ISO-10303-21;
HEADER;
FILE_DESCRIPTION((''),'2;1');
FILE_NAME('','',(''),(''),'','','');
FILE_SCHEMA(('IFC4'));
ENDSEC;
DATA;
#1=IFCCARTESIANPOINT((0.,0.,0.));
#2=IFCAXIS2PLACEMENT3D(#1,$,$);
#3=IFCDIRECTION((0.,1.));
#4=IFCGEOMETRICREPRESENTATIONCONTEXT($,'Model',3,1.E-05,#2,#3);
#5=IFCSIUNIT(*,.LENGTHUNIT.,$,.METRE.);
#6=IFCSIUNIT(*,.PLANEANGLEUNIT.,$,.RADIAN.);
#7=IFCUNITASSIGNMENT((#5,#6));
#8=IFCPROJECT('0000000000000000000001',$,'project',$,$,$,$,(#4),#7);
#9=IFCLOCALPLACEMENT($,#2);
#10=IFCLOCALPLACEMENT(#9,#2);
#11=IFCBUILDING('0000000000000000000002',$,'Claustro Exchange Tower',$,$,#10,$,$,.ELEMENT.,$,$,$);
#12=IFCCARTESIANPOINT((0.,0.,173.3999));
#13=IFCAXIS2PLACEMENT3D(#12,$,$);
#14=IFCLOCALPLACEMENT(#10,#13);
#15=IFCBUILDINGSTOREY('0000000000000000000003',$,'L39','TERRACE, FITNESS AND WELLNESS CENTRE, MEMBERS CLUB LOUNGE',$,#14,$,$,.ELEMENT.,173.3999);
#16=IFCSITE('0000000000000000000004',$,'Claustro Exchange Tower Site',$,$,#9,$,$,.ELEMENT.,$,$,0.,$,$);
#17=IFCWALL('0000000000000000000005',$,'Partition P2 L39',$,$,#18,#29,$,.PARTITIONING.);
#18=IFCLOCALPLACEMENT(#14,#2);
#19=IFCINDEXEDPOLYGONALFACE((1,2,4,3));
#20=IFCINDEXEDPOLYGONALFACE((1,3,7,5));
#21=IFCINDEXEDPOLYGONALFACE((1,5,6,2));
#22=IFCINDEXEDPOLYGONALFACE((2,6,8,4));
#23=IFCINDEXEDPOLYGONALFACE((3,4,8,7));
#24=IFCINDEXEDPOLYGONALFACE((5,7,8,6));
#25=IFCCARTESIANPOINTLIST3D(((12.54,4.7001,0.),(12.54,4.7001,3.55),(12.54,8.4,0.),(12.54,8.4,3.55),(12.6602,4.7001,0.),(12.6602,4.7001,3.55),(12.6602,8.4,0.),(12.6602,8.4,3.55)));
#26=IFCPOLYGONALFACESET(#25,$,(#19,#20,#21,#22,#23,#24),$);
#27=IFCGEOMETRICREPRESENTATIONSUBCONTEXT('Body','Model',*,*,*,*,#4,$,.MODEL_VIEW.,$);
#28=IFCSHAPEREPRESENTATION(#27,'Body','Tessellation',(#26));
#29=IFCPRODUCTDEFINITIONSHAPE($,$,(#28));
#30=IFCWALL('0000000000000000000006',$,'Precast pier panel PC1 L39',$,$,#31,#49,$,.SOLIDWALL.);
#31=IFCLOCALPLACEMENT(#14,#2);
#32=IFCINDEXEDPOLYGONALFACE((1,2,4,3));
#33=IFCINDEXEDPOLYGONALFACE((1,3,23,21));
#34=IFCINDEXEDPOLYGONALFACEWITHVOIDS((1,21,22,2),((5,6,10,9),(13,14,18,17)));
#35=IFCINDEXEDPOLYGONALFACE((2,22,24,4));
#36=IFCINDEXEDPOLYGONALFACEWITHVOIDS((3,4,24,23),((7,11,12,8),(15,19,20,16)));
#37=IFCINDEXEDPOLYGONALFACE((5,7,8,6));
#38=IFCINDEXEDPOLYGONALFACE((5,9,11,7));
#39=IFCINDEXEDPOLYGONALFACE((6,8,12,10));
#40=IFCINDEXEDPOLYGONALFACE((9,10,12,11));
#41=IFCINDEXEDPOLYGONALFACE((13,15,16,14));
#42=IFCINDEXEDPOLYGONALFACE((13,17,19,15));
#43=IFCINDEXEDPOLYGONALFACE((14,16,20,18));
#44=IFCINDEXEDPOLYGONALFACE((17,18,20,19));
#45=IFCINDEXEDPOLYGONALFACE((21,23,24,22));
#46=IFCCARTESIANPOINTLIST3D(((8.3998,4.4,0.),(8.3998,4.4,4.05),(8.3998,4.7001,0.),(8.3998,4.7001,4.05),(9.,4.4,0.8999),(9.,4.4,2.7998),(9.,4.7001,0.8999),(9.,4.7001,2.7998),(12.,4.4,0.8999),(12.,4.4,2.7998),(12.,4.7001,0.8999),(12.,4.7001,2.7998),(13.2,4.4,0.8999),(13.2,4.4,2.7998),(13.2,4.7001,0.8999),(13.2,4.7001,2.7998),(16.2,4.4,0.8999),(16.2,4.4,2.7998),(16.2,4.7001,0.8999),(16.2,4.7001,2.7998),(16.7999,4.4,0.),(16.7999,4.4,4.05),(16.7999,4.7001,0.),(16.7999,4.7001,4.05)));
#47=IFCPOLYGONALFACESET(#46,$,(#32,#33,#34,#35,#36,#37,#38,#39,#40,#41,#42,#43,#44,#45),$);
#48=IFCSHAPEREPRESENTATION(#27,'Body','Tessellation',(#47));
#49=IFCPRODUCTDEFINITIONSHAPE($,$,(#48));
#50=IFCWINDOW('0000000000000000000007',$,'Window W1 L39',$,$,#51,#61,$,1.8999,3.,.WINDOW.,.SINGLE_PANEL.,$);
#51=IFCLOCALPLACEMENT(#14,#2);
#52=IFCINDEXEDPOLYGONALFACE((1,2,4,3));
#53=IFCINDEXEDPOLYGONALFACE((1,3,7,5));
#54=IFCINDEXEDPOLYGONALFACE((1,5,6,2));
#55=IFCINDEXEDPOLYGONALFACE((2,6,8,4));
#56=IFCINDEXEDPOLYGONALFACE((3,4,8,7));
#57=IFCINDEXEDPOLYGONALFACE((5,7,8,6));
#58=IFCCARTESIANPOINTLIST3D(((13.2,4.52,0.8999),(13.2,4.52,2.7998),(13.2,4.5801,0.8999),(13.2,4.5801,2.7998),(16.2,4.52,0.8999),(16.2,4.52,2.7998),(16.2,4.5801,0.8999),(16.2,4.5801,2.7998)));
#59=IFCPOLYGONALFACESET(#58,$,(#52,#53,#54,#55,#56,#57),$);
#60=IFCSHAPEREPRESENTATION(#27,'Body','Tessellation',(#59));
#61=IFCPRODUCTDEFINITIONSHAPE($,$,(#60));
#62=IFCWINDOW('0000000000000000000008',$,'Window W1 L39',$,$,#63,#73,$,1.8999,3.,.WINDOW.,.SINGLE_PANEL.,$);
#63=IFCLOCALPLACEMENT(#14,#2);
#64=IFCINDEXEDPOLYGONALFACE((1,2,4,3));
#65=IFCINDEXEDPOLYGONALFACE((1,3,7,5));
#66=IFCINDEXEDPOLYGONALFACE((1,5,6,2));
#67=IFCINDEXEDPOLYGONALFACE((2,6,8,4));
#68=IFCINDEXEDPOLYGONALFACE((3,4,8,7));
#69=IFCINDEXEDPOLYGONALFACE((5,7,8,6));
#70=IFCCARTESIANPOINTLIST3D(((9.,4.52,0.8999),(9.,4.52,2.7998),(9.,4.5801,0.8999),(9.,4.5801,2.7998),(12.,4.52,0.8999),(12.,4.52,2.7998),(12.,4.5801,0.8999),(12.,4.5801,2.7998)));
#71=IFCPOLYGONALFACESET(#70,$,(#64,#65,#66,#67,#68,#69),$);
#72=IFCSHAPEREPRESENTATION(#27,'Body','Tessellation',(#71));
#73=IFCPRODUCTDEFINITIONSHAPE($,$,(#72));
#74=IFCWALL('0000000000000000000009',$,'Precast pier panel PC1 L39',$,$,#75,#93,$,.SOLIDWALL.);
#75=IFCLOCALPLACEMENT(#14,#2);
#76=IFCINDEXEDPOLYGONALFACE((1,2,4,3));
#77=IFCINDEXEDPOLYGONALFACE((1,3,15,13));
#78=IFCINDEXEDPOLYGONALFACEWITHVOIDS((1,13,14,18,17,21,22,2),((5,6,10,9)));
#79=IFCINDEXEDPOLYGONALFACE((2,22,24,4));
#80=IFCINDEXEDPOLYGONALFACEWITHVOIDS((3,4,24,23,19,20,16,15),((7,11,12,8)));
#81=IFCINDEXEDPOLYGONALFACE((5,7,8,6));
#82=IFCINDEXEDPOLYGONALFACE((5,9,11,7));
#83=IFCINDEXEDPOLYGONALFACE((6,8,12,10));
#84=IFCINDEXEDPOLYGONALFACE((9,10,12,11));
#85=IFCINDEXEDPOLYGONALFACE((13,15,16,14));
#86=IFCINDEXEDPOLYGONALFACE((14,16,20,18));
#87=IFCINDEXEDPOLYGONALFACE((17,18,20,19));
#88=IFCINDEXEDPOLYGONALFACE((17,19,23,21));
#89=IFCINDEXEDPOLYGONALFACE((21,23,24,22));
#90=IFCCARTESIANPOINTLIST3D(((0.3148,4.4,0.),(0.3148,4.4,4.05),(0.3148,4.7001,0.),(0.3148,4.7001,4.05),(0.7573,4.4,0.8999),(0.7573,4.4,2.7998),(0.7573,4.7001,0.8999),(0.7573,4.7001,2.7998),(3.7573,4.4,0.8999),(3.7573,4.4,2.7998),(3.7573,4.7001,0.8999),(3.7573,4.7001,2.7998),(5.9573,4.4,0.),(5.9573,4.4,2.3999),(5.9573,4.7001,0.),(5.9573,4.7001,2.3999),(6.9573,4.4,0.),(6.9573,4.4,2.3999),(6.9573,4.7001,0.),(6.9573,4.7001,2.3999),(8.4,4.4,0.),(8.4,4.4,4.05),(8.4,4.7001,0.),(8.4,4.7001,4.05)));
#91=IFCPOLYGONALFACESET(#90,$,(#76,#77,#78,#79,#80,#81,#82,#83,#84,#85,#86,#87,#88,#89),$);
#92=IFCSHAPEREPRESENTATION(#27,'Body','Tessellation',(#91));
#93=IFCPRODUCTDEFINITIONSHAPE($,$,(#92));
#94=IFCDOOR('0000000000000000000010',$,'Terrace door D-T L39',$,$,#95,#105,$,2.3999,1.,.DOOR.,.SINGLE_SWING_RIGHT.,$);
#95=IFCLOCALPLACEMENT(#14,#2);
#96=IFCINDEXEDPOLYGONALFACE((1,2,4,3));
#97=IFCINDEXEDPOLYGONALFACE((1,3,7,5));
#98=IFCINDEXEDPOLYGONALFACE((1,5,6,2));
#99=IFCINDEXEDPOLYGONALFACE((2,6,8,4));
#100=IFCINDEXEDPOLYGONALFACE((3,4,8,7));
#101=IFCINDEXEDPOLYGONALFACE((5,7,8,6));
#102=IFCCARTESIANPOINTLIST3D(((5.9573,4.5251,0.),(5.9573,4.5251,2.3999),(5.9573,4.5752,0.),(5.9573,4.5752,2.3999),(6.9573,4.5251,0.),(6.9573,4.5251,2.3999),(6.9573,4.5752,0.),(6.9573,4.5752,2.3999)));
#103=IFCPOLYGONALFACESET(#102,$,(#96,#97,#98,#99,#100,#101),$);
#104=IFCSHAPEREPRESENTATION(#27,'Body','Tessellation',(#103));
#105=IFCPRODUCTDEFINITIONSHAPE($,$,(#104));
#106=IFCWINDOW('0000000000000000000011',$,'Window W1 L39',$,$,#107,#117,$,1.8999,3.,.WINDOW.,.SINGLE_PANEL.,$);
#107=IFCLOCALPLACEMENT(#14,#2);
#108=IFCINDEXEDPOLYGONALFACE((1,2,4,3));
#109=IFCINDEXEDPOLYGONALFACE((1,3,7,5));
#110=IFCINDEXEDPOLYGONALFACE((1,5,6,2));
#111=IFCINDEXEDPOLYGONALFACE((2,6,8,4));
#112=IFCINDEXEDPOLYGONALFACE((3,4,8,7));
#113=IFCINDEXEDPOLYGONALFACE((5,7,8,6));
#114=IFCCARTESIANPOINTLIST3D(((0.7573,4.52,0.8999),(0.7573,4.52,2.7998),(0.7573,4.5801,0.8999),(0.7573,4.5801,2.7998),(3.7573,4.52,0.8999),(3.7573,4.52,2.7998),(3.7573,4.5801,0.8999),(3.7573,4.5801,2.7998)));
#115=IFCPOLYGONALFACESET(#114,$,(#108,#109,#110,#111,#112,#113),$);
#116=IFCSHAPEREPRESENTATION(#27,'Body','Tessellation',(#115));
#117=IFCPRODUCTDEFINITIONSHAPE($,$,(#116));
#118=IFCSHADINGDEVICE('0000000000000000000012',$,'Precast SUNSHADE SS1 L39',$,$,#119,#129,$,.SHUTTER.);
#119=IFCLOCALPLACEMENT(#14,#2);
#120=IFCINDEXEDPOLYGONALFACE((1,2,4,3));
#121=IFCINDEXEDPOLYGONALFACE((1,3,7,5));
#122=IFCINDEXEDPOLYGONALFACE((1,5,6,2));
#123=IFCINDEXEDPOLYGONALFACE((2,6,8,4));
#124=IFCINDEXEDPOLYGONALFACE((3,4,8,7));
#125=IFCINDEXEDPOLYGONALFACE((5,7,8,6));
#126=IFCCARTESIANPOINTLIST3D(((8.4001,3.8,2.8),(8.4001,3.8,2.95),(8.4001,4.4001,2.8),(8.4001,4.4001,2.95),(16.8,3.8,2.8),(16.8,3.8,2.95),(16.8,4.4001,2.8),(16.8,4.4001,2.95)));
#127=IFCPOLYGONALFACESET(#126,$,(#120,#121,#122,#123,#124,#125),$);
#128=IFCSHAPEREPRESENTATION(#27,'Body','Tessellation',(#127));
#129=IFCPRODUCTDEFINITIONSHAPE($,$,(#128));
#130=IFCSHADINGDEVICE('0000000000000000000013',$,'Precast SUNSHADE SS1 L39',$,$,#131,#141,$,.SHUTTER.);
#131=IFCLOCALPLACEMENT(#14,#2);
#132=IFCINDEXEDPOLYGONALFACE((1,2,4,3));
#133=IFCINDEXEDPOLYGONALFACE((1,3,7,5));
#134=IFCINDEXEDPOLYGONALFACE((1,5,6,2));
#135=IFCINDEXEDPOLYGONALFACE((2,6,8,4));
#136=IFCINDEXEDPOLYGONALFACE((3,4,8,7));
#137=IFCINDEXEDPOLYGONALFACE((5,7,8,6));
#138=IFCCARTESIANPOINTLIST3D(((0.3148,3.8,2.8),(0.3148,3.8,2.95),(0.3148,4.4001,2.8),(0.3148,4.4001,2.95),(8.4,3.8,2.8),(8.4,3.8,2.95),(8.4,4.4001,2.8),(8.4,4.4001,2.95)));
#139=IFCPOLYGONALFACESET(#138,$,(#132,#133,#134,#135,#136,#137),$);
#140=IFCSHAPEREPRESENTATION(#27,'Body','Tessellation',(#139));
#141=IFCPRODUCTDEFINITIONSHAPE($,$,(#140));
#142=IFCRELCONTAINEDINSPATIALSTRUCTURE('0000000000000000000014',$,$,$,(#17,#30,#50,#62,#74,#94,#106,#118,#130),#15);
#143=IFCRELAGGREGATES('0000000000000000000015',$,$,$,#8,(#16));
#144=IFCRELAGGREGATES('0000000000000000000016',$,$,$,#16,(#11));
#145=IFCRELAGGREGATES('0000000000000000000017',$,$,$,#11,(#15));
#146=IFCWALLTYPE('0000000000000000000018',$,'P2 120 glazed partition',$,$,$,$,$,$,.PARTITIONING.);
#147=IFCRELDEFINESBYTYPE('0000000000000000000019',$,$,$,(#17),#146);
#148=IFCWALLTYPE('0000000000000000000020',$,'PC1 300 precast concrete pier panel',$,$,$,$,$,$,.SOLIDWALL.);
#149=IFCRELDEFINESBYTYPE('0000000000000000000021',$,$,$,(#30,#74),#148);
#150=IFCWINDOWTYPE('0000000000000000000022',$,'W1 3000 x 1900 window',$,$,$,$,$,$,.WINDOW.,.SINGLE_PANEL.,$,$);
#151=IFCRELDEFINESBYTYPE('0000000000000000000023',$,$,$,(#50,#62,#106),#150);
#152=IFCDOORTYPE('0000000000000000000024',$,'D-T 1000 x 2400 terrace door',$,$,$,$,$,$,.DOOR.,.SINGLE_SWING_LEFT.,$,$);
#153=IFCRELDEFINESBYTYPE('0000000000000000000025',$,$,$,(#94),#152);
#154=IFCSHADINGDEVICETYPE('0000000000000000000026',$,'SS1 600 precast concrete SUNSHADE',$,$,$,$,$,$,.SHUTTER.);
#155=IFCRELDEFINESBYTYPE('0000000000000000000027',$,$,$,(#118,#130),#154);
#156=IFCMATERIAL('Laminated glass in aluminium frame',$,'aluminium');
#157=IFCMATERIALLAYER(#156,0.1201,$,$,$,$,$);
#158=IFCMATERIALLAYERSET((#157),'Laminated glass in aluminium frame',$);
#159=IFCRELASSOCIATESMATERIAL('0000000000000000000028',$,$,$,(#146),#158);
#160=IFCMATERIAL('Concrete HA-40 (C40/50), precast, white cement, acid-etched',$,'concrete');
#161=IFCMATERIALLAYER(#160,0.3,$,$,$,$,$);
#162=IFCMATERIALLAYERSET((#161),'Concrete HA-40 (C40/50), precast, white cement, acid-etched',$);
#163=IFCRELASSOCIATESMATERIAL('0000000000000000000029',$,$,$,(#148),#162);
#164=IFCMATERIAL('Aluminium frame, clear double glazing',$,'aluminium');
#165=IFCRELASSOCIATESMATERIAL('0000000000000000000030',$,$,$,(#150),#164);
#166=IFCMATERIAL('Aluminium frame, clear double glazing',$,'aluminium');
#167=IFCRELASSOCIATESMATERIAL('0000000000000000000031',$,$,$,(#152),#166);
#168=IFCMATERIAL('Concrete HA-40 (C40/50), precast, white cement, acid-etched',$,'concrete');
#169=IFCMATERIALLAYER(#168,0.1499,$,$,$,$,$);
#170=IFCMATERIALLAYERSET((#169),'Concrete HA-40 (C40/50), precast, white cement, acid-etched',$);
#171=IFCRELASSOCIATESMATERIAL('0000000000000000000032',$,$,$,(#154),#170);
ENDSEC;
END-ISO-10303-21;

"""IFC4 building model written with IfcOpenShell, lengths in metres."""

from ifc_helpers import new_model, si_unit, direction, frame, frame_2d, origin, origin_2d, place, context, subcontext, project, spatial, rectangle, extrude, material, layer, layer_set, type_object, element, fill, save


model = new_model("IFC4")

# Units and contexts
model_context = context("Model", 3, precision=1e-05, world=origin(), true_north=direction((0.0, 1.0)))
body_context = subcontext(model_context, "Body", "Model", "MODEL_VIEW")
ifc_project = project(units=[si_unit("LENGTHUNIT", "METRE"), si_unit("PLANEANGLEUNIT", "RADIAN")], contexts=[model_context])

# Site, building, storey
site_placement = place(None, origin())
site = spatial("IfcSite", under=ifc_project, at=site_placement, Name="Claustro Exchange Tower Site", CompositionType="ELEMENT", RefElevation=0.0)
building_placement = place(site_placement, origin())
building = spatial("IfcBuilding", under=site, at=building_placement, Name="Claustro Exchange Tower", CompositionType="ELEMENT")
storey_placement = place(building_placement, frame((0.0, 0.0, 173.3999)))
storey = spatial("IfcBuildingStorey", under=building, at=storey_placement, Name="L39", Description="TERRACE, FITNESS AND WELLNESS CENTRE, MEMBERS CLUB LOUNGE", CompositionType="ELEMENT", Elevation=173.3999)

# Shared definitions
ifc_material_1 = material(Name="Laminated glass in aluminium frame", Category="aluminium")
ifc_layer_1 = layer(ifc_material_1, 0.1201)
ifc_layer_set_1 = layer_set([ifc_layer_1], Name="Laminated glass in aluminium frame")
wall_type_1 = type_object("IfcWallType", Name="P2 120 glazed partition", PredefinedType="PARTITIONING", material=ifc_layer_set_1)

# Wall
wall_1_placement = place(storey_placement, frame((12.6001, 4.7, 0.0), z_axis=(0.0, 0.0, 1.0), x_axis=(0.0, 1.0, 0.0)))
element("IfcWall", 1, at=wall_1_placement, inside=storey, type_object=wall_type_1, Name="Partition P2 L39", PredefinedType="PARTITIONING", context=body_context, shape_type="SweptSolid", body=[
    extrude(rectangle(XDim=3.7, YDim=0.1201, at=frame_2d((1.8501, 0.0))), origin(), (0.0, 0.0, 1.0), 3.55),
])

# Wall, openings, windows
ifc_material_2 = material(Name="Concrete HA-40 (C40/50), precast, white cement, acid-etched", Category="concrete")
ifc_layer_2 = layer(ifc_material_2, 0.3)
ifc_layer_set_2 = layer_set([ifc_layer_2], Name="Concrete HA-40 (C40/50), precast, white cement, acid-etched")
wall_type_2 = type_object("IfcWallType", Name="PC1 300 precast concrete pier panel", PredefinedType="SOLIDWALL", material=ifc_layer_set_2)
wall_2_placement = place(storey_placement, frame((16.8, 4.55, 0.0), z_axis=(0.0, 0.0, 1.0), x_axis=(-1.0, 0.0, 0.0)))
wall_2 = element("IfcWall", 2, at=wall_2_placement, inside=storey, type_object=wall_type_2, Name="Precast pier panel PC1 L39", PredefinedType="SOLIDWALL", context=body_context, shape_type="SweptSolid", body=[
    extrude(rectangle(XDim=8.4001, YDim=0.3, at=frame_2d((4.2002, 0.0))), origin(), (0.0, 0.0, 1.0), 4.05),
])
opening_1_placement = place(wall_2_placement, frame((0.6001, 0.0, 0.8999)))
opening_1 = element("IfcOpeningElement", 3, at=opening_1_placement, cuts=wall_2, PredefinedType="OPENING", context=body_context, shape_type="SweptSolid", body=[
    extrude(rectangle(XDim=3.0, YDim=1.8999, at=frame_2d((1.5, 0.95))), frame((0.0, 0.1599, 0.0), z_axis=(0.0, -1.0, 0.0), x_axis=(1.0, 0.0, 0.0)), (0.0, 0.0, 1.0), 0.3201),
])
opening_2_placement = place(wall_2_placement, frame((4.8, 0.0, 0.8999)))
opening_2 = element("IfcOpeningElement", 4, at=opening_2_placement, cuts=wall_2, PredefinedType="OPENING", context=body_context, shape_type="SweptSolid", body=[
    extrude(rectangle(XDim=3.0, YDim=1.8999, at=frame_2d((1.5, 0.95))), frame((0.0, 0.1599, 0.0), z_axis=(0.0, -1.0, 0.0), x_axis=(1.0, 0.0, 0.0)), (0.0, 0.0, 1.0), 0.3201),
])
ifc_material_3 = material(Name="Aluminium frame, clear double glazing", Category="aluminium")
window_type = type_object("IfcWindowType", Name="W1 3000 x 1900 window", PartitioningType="SINGLE_PANEL", PredefinedType="WINDOW", material=ifc_material_3)
window_1_placement = place(opening_1_placement, origin())
window_1 = element("IfcWindow", 5, at=window_1_placement, inside=storey, type_object=window_type, Name="Window W1 L39", OverallHeight=1.8999, OverallWidth=3.0, PartitioningType="SINGLE_PANEL", PredefinedType="WINDOW", context=body_context, shape_type="SweptSolid", body=[
    extrude(rectangle(XDim=3.0, YDim=1.8999, at=frame_2d((1.5, 0.95))), frame((0.0, 0.03, 0.0), z_axis=(0.0, -1.0, 0.0), x_axis=(1.0, 0.0, 0.0)), (0.0, 0.0, 1.0), 0.0601),
])
fill(opening_1, window_1)
window_2_placement = place(opening_2_placement, origin())
window_2 = element("IfcWindow", 6, at=window_2_placement, inside=storey, type_object=window_type, Name="Window W1 L39", OverallHeight=1.8999, OverallWidth=3.0, PartitioningType="SINGLE_PANEL", PredefinedType="WINDOW", context=body_context, shape_type="SweptSolid", body=[
    extrude(rectangle(XDim=3.0, YDim=1.8999, at=frame_2d((1.5, 0.95))), frame((0.0, 0.03, 0.0), z_axis=(0.0, -1.0, 0.0), x_axis=(1.0, 0.0, 0.0)), (0.0, 0.0, 1.0), 0.0601),
])
fill(opening_2, window_2)

# Wall, openings, door, window
wall_3_placement = place(storey_placement, frame((8.3999, 4.55, 0.0), z_axis=(0.0, 0.0, 1.0), x_axis=(-1.0, 0.0, 0.0)))
wall_3 = element("IfcWall", 7, at=wall_3_placement, inside=storey, type_object=wall_type_2, Name="Precast pier panel PC1 L39", PredefinedType="SOLIDWALL", context=body_context, shape_type="SweptSolid", body=[
    extrude(rectangle(XDim=8.0852, YDim=0.3, at=frame_2d((4.0425, 0.0))), origin(), (0.0, 0.0, 1.0), 4.05),
])
opening_3_placement = place(wall_3_placement, frame((4.6426, 0.0, 0.8999)))
opening_3 = element("IfcOpeningElement", 8, at=opening_3_placement, cuts=wall_3, PredefinedType="OPENING", context=body_context, shape_type="SweptSolid", body=[
    extrude(rectangle(XDim=3.0, YDim=1.8999, at=frame_2d((1.5, 0.95))), frame((0.0, 0.1599, 0.0), z_axis=(0.0, -1.0, 0.0), x_axis=(1.0, 0.0, 0.0)), (0.0, 0.0, 1.0), 0.3201),
])
opening_4_placement = place(wall_3_placement, frame((1.4426, 0.0, 0.0)))
opening_4 = element("IfcOpeningElement", 9, at=opening_4_placement, cuts=wall_3, PredefinedType="OPENING", context=body_context, shape_type="SweptSolid", body=[
    extrude(rectangle(XDim=1.0, YDim=2.3999, at=frame_2d((0.5, 1.2))), frame((0.0, 0.1599, 0.0), z_axis=(0.0, -1.0, 0.0), x_axis=(1.0, 0.0, 0.0)), (0.0, 0.0, 1.0), 0.3201),
])
ifc_material_4 = material(Name="Aluminium frame, clear double glazing", Category="aluminium")
door_type_1 = type_object("IfcDoorType", Name="D-T 1000 x 2400 terrace door", OperationType="SINGLE_SWING_LEFT", PredefinedType="DOOR", material=ifc_material_4)
door_1_placement = place(opening_4_placement, origin())
door_1 = element("IfcDoor", 10, at=door_1_placement, inside=storey, type_object=door_type_1, Name="Terrace door D-T L39", OperationType="SINGLE_SWING_RIGHT", OverallHeight=2.3999, OverallWidth=1.0, PredefinedType="DOOR", context=body_context, shape_type="SweptSolid", body=[
    extrude(rectangle(XDim=1.0, YDim=2.3999, at=frame_2d((0.5, 1.2))), frame((0.0, 0.0249, 0.0), z_axis=(0.0, -1.0, 0.0), x_axis=(1.0, 0.0, 0.0)), (0.0, 0.0, 1.0), 0.05),
])
fill(opening_4, door_1)
window_3_placement = place(opening_3_placement, origin())
window_3 = element("IfcWindow", 11, at=window_3_placement, inside=storey, type_object=window_type, Name="Window W1 L39", OverallHeight=1.8999, OverallWidth=3.0, PartitioningType="SINGLE_PANEL", PredefinedType="WINDOW", context=body_context, shape_type="SweptSolid", body=[
    extrude(rectangle(XDim=3.0, YDim=1.8999, at=frame_2d((1.5, 0.95))), frame((0.0, 0.03, 0.0), z_axis=(0.0, -1.0, 0.0), x_axis=(1.0, 0.0, 0.0)), (0.0, 0.0, 1.0), 0.0601),
])
fill(opening_3, window_3)

# Shading devices
ifc_material_5 = material(Name="Concrete HA-40 (C40/50), precast, white cement, acid-etched", Category="concrete")
ifc_layer_3 = layer(ifc_material_5, 0.1499)
ifc_layer_set_3 = layer_set([ifc_layer_3], Name="Concrete HA-40 (C40/50), precast, white cement, acid-etched")
shading_device_type = type_object("IfcShadingDeviceType", Name="SS1 600 precast concrete SUNSHADE", PredefinedType="SHUTTER", material=ifc_layer_set_3)
shading_device_1_placement = place(storey_placement, frame((12.6001, 4.1001, 2.8), z_axis=(0.0, 0.0, 1.0), x_axis=(-1.0, 0.0, 0.0)))
element("IfcShadingDevice", 12, at=shading_device_1_placement, inside=storey, type_object=shading_device_type, Name="Precast SUNSHADE SS1 L39", PredefinedType="SHUTTER", context=body_context, shape_type="SweptSolid", body=[
    extrude(rectangle(XDim=8.3999, YDim=0.6001, at=origin_2d()), origin(), (0.0, 0.0, 1.0), 0.1499),
])
shading_device_2_placement = place(storey_placement, frame((4.3574, 4.1001, 2.8), z_axis=(0.0, 0.0, 1.0), x_axis=(-1.0, 0.0, 0.0)))
element("IfcShadingDevice", 13, at=shading_device_2_placement, inside=storey, type_object=shading_device_type, Name="Precast SUNSHADE SS1 L39", PredefinedType="SHUTTER", context=body_context, shape_type="SweptSolid", body=[
    extrude(rectangle(XDim=8.0852, YDim=0.6001, at=origin_2d()), origin(), (0.0, 0.0, 1.0), 0.1499),
])

save(model, "model.ifc")
